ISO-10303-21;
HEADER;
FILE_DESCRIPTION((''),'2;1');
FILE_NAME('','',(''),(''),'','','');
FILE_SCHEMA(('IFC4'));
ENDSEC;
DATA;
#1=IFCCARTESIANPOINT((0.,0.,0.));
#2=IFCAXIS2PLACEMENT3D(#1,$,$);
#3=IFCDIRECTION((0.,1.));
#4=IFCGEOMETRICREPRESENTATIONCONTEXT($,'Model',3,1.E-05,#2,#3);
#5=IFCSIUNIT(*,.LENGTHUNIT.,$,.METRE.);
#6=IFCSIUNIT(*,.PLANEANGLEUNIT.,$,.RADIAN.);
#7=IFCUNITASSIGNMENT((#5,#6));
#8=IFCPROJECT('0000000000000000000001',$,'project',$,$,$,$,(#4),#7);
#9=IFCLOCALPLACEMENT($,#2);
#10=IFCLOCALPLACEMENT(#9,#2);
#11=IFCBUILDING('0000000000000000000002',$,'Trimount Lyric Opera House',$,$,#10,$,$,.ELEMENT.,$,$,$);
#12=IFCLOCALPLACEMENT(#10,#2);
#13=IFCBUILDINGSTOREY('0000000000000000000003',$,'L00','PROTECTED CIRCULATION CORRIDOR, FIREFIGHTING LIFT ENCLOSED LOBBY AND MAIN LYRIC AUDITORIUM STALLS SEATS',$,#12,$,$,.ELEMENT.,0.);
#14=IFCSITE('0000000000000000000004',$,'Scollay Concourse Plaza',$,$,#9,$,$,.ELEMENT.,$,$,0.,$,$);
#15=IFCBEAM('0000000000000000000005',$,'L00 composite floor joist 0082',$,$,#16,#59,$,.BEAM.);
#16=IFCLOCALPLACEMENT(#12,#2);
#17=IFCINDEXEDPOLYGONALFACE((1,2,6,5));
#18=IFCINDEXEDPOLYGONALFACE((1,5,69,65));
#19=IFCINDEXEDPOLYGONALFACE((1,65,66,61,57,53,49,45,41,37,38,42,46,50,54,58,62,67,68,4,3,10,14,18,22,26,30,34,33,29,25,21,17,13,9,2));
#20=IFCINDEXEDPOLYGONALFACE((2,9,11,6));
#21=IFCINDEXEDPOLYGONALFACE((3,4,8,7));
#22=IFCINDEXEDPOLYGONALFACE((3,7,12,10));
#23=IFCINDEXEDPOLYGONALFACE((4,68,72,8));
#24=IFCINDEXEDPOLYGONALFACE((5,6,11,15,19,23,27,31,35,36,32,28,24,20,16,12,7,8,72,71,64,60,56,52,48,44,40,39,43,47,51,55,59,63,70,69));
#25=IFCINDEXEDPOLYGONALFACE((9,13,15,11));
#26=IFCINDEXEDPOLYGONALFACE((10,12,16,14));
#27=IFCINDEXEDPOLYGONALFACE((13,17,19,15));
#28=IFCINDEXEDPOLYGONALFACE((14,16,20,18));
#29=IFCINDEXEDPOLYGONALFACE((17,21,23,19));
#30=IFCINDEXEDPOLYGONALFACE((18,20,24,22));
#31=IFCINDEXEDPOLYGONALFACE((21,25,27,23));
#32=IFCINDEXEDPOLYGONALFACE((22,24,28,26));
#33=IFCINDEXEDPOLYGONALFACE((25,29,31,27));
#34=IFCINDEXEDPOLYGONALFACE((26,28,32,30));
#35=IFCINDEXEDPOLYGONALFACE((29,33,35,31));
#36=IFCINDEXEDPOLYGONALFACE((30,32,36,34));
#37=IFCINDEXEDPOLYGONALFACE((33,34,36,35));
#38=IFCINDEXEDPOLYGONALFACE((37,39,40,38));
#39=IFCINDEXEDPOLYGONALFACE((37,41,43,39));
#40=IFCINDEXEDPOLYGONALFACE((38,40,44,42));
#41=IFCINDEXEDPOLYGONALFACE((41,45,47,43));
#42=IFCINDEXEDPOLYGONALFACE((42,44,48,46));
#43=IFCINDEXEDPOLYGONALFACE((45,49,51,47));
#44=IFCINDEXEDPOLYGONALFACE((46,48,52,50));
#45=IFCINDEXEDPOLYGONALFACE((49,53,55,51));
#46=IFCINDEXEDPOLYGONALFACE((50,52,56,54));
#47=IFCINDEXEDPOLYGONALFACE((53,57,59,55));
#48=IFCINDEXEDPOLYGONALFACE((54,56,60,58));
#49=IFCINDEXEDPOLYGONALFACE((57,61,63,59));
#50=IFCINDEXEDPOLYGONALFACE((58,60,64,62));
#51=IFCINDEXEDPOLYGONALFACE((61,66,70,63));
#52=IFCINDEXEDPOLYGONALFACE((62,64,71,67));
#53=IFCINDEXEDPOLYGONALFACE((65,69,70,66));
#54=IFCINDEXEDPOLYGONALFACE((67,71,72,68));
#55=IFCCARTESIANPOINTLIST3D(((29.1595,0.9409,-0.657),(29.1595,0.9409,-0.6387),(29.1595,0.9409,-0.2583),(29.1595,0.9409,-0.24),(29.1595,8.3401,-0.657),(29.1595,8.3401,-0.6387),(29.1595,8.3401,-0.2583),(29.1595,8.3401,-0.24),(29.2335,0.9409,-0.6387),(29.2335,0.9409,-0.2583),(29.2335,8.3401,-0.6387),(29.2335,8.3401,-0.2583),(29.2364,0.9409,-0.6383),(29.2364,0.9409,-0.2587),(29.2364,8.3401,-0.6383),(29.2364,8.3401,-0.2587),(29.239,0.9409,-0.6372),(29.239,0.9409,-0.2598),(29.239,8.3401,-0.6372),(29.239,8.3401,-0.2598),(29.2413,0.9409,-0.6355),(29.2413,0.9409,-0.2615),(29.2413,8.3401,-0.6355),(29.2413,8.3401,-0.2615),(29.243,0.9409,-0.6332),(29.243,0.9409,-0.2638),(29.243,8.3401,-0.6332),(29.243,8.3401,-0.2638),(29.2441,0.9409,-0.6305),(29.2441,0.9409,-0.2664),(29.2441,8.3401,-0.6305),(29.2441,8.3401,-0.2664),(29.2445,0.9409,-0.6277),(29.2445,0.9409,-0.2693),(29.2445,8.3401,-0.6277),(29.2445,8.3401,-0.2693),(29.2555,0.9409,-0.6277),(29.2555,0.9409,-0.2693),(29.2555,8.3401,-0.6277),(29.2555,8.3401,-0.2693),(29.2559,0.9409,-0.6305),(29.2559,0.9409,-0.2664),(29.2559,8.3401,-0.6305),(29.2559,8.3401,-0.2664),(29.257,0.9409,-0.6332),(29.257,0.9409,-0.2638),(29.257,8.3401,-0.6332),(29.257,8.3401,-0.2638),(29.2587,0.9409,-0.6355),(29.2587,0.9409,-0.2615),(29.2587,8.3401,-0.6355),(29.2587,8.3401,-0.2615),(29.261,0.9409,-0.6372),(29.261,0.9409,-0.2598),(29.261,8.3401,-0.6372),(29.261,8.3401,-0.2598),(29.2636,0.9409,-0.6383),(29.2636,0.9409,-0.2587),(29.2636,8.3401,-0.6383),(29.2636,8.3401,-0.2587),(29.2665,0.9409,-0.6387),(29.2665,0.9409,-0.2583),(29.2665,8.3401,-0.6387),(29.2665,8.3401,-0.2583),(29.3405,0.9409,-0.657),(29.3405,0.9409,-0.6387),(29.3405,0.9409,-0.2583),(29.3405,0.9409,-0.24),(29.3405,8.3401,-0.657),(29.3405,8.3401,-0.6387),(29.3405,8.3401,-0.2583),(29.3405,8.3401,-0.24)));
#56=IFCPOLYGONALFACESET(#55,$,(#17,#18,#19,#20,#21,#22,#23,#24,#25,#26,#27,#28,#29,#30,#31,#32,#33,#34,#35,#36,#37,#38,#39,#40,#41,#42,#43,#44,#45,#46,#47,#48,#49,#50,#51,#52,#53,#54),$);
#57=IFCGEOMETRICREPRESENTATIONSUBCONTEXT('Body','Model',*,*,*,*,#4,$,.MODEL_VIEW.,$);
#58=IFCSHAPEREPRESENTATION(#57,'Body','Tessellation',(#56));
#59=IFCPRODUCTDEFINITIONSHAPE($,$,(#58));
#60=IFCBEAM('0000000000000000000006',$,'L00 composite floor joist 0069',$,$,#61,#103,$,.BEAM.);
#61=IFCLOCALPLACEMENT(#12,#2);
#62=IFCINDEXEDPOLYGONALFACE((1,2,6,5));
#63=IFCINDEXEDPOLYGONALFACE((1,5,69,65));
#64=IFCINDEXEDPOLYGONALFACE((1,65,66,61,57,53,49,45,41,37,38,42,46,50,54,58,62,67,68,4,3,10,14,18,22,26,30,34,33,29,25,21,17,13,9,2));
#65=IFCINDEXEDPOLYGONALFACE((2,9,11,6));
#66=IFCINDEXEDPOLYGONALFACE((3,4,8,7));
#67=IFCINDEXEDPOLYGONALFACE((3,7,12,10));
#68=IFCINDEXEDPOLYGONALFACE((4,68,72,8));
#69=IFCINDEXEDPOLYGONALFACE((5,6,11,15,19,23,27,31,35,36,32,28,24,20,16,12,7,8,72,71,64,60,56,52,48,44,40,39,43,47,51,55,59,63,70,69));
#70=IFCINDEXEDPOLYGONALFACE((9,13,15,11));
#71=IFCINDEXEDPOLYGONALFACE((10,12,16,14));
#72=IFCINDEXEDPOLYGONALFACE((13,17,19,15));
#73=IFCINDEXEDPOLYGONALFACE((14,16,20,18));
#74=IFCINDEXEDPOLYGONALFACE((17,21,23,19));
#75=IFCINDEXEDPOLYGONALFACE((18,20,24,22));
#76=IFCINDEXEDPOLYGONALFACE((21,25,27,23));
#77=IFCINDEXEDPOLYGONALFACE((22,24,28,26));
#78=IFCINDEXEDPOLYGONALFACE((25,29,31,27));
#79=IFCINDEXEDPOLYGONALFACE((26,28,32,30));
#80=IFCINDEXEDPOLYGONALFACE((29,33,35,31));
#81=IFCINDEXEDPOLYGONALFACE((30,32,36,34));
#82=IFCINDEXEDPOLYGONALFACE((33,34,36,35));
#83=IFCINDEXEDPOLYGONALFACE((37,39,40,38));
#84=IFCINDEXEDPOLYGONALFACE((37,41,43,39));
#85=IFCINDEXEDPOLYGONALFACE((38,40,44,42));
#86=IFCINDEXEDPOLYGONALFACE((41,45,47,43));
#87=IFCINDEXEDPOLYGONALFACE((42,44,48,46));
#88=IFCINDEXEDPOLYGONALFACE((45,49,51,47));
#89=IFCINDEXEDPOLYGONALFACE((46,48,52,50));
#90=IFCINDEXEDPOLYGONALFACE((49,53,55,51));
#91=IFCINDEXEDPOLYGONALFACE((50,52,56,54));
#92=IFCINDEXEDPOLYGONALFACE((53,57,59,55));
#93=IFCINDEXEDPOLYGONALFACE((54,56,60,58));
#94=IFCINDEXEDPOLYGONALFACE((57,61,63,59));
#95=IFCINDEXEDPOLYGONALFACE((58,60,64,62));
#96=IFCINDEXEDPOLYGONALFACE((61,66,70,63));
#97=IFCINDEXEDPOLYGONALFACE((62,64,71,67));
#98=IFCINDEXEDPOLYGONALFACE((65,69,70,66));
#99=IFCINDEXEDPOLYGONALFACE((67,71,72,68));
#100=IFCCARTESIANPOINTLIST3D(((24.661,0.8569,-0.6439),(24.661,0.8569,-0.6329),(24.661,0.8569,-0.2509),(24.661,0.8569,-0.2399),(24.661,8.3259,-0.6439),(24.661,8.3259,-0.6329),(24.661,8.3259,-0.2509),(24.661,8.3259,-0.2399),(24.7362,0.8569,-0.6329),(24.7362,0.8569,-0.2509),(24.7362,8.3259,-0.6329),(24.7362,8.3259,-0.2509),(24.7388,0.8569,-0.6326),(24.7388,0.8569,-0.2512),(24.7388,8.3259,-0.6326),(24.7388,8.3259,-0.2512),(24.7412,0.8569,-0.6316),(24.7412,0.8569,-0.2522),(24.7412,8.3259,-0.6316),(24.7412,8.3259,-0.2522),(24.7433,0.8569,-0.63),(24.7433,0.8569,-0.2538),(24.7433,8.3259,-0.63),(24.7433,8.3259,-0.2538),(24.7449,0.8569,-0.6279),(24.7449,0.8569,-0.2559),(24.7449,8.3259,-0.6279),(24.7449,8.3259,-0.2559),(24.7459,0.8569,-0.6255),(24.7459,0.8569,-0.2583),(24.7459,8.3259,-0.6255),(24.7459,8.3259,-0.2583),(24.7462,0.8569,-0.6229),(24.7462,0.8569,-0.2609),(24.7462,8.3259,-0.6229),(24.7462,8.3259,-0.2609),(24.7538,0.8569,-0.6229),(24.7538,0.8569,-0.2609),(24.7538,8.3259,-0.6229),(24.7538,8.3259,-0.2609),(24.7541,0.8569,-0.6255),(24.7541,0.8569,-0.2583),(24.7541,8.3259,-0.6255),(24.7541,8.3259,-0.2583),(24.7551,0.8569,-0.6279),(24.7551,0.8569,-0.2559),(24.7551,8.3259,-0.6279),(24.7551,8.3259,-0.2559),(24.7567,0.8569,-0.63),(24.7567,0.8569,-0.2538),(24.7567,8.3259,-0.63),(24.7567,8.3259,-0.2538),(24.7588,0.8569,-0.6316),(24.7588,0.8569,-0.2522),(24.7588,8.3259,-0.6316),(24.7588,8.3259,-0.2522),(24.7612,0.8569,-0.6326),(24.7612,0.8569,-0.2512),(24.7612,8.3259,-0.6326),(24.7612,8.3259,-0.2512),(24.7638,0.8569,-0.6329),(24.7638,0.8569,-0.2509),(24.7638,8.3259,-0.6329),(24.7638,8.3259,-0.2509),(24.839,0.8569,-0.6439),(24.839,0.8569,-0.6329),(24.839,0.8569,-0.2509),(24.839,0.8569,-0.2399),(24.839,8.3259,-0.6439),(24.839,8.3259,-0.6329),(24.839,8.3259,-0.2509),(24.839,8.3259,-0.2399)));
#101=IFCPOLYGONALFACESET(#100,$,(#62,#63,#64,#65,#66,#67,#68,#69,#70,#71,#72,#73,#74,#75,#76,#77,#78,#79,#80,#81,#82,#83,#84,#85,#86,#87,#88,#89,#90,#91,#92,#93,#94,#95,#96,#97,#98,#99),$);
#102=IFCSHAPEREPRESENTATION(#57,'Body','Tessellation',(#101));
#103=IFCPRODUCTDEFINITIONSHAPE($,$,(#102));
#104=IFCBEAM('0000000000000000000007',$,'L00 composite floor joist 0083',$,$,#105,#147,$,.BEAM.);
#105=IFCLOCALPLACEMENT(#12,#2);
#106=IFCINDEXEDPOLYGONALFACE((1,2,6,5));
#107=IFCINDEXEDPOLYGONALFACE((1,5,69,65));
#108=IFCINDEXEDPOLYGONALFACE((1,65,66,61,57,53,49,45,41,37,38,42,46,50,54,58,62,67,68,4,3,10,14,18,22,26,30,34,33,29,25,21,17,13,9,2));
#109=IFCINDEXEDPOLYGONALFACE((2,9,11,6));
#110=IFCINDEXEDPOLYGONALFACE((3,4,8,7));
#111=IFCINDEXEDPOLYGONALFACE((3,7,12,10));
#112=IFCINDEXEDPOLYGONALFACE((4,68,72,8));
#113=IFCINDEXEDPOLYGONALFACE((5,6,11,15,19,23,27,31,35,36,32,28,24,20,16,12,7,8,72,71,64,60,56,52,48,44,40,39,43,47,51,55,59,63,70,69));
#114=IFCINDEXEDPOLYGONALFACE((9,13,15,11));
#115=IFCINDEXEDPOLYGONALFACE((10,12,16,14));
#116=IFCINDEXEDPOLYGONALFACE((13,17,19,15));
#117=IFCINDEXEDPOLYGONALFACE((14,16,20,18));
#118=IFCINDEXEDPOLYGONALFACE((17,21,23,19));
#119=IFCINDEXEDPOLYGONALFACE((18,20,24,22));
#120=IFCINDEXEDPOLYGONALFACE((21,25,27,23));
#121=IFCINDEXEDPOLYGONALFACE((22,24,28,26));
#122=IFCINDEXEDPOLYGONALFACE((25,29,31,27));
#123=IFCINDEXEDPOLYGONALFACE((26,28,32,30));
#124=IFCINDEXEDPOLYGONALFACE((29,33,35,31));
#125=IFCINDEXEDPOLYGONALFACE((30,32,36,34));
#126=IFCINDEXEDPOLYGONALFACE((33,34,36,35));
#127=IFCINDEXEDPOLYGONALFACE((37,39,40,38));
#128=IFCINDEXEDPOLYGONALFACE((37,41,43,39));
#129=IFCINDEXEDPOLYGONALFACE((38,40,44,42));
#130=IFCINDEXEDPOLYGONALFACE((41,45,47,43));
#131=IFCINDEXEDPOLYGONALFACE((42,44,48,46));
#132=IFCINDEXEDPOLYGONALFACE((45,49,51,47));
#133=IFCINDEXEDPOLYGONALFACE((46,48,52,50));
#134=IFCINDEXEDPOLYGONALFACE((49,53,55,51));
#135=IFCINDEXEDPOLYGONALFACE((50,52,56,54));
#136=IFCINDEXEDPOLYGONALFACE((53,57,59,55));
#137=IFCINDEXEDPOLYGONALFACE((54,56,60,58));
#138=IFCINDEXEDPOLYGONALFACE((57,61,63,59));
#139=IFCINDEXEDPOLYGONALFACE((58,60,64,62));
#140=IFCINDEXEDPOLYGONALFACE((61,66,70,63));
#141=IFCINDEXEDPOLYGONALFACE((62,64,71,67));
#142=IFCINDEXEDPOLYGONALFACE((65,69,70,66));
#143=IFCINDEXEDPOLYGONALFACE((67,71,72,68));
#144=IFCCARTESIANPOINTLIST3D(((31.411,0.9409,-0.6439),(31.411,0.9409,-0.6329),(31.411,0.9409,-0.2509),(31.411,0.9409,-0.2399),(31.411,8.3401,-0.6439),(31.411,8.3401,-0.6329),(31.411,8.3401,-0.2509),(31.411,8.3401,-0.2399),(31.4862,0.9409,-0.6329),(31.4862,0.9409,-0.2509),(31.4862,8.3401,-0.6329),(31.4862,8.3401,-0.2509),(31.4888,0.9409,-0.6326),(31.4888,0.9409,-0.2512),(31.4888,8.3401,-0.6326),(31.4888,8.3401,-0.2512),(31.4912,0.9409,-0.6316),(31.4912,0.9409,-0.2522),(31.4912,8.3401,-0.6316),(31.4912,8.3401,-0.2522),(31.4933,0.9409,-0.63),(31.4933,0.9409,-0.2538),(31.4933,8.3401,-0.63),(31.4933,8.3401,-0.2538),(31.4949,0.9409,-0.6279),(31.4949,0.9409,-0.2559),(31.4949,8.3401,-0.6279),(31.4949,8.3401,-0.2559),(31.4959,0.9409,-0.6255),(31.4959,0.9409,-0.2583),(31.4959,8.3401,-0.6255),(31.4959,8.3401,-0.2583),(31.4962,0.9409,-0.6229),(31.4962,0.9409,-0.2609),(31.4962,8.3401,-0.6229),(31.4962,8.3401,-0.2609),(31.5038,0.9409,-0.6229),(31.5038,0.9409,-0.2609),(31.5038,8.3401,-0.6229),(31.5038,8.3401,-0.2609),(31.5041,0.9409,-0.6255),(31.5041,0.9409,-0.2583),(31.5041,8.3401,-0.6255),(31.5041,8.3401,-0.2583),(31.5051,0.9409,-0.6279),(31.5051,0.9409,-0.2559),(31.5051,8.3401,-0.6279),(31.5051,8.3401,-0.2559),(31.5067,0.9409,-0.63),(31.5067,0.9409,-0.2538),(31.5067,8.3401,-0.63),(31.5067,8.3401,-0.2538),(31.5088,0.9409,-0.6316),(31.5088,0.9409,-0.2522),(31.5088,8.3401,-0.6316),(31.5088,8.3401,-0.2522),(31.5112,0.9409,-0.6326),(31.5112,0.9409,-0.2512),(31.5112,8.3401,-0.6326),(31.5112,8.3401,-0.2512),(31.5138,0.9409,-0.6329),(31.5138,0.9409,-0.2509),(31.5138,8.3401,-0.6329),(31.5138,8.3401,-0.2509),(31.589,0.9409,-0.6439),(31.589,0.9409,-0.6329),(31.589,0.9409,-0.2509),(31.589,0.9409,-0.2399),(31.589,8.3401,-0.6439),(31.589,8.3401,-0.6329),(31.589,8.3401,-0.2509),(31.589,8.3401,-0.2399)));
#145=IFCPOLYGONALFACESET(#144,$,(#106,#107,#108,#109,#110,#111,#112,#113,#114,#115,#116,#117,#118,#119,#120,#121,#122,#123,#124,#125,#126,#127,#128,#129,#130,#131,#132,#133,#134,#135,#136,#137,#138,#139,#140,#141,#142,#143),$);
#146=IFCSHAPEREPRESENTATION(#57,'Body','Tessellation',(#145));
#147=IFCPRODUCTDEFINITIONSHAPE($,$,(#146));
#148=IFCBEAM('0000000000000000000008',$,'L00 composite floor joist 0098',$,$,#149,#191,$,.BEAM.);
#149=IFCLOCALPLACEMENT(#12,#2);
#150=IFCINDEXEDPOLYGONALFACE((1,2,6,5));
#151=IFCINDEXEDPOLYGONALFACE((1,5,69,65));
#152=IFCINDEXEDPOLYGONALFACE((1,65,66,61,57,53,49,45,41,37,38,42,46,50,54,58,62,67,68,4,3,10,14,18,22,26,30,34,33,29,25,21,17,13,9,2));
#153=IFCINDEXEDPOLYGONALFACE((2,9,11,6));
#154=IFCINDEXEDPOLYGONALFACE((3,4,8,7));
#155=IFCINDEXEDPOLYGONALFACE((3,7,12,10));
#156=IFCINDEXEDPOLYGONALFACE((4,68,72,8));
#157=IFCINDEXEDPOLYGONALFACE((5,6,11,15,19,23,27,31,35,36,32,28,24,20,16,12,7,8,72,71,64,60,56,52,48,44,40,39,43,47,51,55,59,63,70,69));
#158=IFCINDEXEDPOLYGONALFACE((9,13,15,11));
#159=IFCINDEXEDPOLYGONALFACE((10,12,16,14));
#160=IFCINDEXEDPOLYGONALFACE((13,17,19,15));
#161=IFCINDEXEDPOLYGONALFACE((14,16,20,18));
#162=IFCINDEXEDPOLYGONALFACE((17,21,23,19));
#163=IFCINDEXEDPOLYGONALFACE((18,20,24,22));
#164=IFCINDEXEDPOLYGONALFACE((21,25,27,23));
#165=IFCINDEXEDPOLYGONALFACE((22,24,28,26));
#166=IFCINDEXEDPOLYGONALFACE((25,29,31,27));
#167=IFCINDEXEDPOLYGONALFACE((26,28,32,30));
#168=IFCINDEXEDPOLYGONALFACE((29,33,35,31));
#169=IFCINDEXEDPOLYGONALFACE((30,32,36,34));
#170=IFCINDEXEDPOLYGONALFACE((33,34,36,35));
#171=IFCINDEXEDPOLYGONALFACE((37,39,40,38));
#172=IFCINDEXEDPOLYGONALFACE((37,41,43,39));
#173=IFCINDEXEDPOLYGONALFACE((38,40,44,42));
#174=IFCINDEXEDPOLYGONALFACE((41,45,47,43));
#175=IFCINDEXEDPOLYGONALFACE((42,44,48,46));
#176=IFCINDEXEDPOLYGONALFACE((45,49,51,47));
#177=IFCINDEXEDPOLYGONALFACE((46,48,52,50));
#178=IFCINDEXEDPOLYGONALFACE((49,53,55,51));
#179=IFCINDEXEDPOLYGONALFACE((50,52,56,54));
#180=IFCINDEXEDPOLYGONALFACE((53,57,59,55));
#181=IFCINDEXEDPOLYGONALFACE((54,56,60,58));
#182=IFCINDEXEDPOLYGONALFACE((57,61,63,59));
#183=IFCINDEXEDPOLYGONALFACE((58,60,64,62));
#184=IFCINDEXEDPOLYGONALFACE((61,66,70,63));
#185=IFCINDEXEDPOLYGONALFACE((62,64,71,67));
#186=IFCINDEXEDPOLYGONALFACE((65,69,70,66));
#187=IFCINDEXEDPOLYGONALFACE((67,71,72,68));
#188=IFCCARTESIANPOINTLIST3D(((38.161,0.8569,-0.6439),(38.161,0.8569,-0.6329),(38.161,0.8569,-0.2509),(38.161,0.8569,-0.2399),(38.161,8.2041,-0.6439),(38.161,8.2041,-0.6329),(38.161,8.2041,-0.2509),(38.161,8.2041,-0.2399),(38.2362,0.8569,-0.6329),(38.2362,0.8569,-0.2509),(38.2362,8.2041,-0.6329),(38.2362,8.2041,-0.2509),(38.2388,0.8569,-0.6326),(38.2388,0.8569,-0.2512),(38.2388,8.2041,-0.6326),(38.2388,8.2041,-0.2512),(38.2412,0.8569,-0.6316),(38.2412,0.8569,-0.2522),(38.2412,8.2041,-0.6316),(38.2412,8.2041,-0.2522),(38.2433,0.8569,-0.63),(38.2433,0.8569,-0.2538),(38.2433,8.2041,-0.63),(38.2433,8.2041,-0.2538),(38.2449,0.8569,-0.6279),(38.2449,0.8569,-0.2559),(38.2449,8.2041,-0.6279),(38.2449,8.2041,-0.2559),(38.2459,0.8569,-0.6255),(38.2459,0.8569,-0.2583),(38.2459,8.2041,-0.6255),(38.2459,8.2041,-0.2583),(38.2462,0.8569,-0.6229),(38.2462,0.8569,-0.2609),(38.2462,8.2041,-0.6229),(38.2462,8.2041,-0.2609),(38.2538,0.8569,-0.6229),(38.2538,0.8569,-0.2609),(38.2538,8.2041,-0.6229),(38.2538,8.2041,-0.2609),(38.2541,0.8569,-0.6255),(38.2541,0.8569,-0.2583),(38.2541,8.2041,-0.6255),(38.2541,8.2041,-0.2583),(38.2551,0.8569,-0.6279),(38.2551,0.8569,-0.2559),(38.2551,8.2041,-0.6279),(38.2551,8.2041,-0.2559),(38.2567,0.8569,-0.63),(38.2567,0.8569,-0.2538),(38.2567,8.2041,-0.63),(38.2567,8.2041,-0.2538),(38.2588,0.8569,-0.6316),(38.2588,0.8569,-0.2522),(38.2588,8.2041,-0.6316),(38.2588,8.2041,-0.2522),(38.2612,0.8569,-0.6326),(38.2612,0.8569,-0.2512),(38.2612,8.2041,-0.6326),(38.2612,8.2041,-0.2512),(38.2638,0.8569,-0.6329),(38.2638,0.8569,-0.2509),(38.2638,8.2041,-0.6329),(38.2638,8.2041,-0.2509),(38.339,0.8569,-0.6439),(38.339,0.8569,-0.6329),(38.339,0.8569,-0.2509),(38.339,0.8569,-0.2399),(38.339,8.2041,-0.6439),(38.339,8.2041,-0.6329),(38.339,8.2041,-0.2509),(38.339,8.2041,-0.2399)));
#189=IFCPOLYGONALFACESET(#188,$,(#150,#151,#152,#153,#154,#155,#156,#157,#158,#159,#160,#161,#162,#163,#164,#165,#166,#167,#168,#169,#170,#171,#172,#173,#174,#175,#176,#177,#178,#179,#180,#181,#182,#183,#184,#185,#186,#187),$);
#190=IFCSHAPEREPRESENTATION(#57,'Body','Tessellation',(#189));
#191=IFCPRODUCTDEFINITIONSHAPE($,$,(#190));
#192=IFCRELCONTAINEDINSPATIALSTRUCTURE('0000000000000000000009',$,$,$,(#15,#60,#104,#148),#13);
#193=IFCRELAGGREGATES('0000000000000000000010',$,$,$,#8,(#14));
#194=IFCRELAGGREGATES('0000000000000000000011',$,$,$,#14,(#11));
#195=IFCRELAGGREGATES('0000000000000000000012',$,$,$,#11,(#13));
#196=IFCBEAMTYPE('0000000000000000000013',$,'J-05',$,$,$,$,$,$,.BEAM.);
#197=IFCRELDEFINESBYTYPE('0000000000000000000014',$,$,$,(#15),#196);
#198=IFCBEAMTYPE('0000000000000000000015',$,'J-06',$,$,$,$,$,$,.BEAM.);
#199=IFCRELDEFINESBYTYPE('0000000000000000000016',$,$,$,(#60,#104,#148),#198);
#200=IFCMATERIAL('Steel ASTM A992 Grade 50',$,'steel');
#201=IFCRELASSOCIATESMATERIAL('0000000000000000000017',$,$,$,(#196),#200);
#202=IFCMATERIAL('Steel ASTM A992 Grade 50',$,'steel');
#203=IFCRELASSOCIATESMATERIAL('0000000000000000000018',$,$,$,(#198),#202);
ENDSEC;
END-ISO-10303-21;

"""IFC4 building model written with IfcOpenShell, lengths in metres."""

from ifc_helpers import new_model, si_unit, direction, frame, origin, origin_2d, place, context, subcontext, project, spatial, i_section, extrude, material, material_profile, profile_set, type_object, element, save


model = new_model("IFC4")

# Units and contexts
model_context = context("Model", 3, precision=1e-05, world=origin(), true_north=direction((0.0, 1.0)))
body_context = subcontext(model_context, "Body", "Model", "MODEL_VIEW")
ifc_project = project(units=[si_unit("LENGTHUNIT", "METRE"), si_unit("PLANEANGLEUNIT", "RADIAN")], contexts=[model_context])

# Site, building, storey
site_placement = place(None, origin())
site = spatial("IfcSite", under=ifc_project, at=site_placement, Name="Scollay Concourse Plaza", CompositionType="ELEMENT", RefElevation=0.0)
building_placement = place(site_placement, origin())
building = spatial("IfcBuilding", under=site, at=building_placement, Name="Trimount Lyric Opera House", CompositionType="ELEMENT")
storey_placement = place(building_placement, origin())
storey = spatial("IfcBuildingStorey", under=building, at=storey_placement, Name="L00", Description="PROTECTED CIRCULATION CORRIDOR, FIREFIGHTING LIFT ENCLOSED LOBBY AND MAIN LYRIC AUDITORIUM STALLS SEATS", CompositionType="ELEMENT", Elevation=0.0)

# Beams
ifc_material_1 = material(Name="Steel ASTM A992 Grade 50", Category="steel")
ifc_material_profile_1 = material_profile(ifc_material_1, i_section(OverallWidth=0.1809, OverallDepth=0.417, WebThickness=0.011, FlangeThickness=0.0183, FilletRadius=0.011, at=origin_2d()), Name="W16X57")
ifc_profile_set_1 = profile_set([ifc_material_profile_1], Name="Steel ASTM A992 Grade 50")
beam_type_1 = type_object("IfcBeamType", Name="J-05", PredefinedType="BEAM", material=ifc_profile_set_1)
beam_1_placement = place(storey_placement, frame((29.25, 0.9409, -0.4485), z_axis=(0.0, 1.0, 0.0), x_axis=(-1.0, 0.0, 0.0)))
element("IfcBeam", 1, at=beam_1_placement, inside=storey, type_object=beam_type_1, Name="L00 composite floor joist 0082", PredefinedType="BEAM", context=body_context, shape_type="SweptSolid", body=[
    extrude(i_section(OverallWidth=0.1809, OverallDepth=0.417, WebThickness=0.011, FlangeThickness=0.0183, FilletRadius=0.011, at=origin_2d()), origin(), (0.0, 0.0, 1.0), 7.3992),
])
ifc_material_2 = material(Name="Steel ASTM A992 Grade 50", Category="steel")
ifc_material_profile_2 = material_profile(ifc_material_2, i_section(OverallWidth=0.178, OverallDepth=0.4041, WebThickness=0.0076, FlangeThickness=0.011, FilletRadius=0.01, at=origin_2d()), Name="W16X36")
ifc_profile_set_2 = profile_set([ifc_material_profile_2], Name="Steel ASTM A992 Grade 50")
beam_type_2 = type_object("IfcBeamType", Name="J-06", PredefinedType="BEAM", material=ifc_profile_set_2)
beam_2_placement = place(storey_placement, frame((24.75, 0.8569, -0.4419), z_axis=(0.0, 1.0, 0.0), x_axis=(-1.0, 0.0, 0.0)))
element("IfcBeam", 2, at=beam_2_placement, inside=storey, type_object=beam_type_2, Name="L00 composite floor joist 0069", PredefinedType="BEAM", context=body_context, shape_type="SweptSolid", body=[
    extrude(i_section(OverallWidth=0.178, OverallDepth=0.4041, WebThickness=0.0076, FlangeThickness=0.011, FilletRadius=0.01, at=origin_2d()), origin(), (0.0, 0.0, 1.0), 7.469),
])
beam_3_placement = place(storey_placement, frame((31.5, 0.9409, -0.4419), z_axis=(0.0, 1.0, 0.0), x_axis=(-1.0, 0.0, 0.0)))
element("IfcBeam", 3, at=beam_3_placement, inside=storey, type_object=beam_type_2, Name="L00 composite floor joist 0083", PredefinedType="BEAM", context=body_context, shape_type="SweptSolid", body=[
    extrude(i_section(OverallWidth=0.178, OverallDepth=0.4041, WebThickness=0.0076, FlangeThickness=0.011, FilletRadius=0.01, at=origin_2d()), origin(), (0.0, 0.0, 1.0), 7.3992),
])
beam_4_placement = place(storey_placement, frame((38.25, 0.8569, -0.4419), z_axis=(0.0, 1.0, 0.0), x_axis=(-1.0, 0.0, 0.0)))
element("IfcBeam", 4, at=beam_4_placement, inside=storey, type_object=beam_type_2, Name="L00 composite floor joist 0098", PredefinedType="BEAM", context=body_context, shape_type="SweptSolid", body=[
    extrude(i_section(OverallWidth=0.178, OverallDepth=0.4041, WebThickness=0.0076, FlangeThickness=0.011, FilletRadius=0.01, at=origin_2d()), origin(), (0.0, 0.0, 1.0), 7.3472),
])

save(model, "model.ifc")
